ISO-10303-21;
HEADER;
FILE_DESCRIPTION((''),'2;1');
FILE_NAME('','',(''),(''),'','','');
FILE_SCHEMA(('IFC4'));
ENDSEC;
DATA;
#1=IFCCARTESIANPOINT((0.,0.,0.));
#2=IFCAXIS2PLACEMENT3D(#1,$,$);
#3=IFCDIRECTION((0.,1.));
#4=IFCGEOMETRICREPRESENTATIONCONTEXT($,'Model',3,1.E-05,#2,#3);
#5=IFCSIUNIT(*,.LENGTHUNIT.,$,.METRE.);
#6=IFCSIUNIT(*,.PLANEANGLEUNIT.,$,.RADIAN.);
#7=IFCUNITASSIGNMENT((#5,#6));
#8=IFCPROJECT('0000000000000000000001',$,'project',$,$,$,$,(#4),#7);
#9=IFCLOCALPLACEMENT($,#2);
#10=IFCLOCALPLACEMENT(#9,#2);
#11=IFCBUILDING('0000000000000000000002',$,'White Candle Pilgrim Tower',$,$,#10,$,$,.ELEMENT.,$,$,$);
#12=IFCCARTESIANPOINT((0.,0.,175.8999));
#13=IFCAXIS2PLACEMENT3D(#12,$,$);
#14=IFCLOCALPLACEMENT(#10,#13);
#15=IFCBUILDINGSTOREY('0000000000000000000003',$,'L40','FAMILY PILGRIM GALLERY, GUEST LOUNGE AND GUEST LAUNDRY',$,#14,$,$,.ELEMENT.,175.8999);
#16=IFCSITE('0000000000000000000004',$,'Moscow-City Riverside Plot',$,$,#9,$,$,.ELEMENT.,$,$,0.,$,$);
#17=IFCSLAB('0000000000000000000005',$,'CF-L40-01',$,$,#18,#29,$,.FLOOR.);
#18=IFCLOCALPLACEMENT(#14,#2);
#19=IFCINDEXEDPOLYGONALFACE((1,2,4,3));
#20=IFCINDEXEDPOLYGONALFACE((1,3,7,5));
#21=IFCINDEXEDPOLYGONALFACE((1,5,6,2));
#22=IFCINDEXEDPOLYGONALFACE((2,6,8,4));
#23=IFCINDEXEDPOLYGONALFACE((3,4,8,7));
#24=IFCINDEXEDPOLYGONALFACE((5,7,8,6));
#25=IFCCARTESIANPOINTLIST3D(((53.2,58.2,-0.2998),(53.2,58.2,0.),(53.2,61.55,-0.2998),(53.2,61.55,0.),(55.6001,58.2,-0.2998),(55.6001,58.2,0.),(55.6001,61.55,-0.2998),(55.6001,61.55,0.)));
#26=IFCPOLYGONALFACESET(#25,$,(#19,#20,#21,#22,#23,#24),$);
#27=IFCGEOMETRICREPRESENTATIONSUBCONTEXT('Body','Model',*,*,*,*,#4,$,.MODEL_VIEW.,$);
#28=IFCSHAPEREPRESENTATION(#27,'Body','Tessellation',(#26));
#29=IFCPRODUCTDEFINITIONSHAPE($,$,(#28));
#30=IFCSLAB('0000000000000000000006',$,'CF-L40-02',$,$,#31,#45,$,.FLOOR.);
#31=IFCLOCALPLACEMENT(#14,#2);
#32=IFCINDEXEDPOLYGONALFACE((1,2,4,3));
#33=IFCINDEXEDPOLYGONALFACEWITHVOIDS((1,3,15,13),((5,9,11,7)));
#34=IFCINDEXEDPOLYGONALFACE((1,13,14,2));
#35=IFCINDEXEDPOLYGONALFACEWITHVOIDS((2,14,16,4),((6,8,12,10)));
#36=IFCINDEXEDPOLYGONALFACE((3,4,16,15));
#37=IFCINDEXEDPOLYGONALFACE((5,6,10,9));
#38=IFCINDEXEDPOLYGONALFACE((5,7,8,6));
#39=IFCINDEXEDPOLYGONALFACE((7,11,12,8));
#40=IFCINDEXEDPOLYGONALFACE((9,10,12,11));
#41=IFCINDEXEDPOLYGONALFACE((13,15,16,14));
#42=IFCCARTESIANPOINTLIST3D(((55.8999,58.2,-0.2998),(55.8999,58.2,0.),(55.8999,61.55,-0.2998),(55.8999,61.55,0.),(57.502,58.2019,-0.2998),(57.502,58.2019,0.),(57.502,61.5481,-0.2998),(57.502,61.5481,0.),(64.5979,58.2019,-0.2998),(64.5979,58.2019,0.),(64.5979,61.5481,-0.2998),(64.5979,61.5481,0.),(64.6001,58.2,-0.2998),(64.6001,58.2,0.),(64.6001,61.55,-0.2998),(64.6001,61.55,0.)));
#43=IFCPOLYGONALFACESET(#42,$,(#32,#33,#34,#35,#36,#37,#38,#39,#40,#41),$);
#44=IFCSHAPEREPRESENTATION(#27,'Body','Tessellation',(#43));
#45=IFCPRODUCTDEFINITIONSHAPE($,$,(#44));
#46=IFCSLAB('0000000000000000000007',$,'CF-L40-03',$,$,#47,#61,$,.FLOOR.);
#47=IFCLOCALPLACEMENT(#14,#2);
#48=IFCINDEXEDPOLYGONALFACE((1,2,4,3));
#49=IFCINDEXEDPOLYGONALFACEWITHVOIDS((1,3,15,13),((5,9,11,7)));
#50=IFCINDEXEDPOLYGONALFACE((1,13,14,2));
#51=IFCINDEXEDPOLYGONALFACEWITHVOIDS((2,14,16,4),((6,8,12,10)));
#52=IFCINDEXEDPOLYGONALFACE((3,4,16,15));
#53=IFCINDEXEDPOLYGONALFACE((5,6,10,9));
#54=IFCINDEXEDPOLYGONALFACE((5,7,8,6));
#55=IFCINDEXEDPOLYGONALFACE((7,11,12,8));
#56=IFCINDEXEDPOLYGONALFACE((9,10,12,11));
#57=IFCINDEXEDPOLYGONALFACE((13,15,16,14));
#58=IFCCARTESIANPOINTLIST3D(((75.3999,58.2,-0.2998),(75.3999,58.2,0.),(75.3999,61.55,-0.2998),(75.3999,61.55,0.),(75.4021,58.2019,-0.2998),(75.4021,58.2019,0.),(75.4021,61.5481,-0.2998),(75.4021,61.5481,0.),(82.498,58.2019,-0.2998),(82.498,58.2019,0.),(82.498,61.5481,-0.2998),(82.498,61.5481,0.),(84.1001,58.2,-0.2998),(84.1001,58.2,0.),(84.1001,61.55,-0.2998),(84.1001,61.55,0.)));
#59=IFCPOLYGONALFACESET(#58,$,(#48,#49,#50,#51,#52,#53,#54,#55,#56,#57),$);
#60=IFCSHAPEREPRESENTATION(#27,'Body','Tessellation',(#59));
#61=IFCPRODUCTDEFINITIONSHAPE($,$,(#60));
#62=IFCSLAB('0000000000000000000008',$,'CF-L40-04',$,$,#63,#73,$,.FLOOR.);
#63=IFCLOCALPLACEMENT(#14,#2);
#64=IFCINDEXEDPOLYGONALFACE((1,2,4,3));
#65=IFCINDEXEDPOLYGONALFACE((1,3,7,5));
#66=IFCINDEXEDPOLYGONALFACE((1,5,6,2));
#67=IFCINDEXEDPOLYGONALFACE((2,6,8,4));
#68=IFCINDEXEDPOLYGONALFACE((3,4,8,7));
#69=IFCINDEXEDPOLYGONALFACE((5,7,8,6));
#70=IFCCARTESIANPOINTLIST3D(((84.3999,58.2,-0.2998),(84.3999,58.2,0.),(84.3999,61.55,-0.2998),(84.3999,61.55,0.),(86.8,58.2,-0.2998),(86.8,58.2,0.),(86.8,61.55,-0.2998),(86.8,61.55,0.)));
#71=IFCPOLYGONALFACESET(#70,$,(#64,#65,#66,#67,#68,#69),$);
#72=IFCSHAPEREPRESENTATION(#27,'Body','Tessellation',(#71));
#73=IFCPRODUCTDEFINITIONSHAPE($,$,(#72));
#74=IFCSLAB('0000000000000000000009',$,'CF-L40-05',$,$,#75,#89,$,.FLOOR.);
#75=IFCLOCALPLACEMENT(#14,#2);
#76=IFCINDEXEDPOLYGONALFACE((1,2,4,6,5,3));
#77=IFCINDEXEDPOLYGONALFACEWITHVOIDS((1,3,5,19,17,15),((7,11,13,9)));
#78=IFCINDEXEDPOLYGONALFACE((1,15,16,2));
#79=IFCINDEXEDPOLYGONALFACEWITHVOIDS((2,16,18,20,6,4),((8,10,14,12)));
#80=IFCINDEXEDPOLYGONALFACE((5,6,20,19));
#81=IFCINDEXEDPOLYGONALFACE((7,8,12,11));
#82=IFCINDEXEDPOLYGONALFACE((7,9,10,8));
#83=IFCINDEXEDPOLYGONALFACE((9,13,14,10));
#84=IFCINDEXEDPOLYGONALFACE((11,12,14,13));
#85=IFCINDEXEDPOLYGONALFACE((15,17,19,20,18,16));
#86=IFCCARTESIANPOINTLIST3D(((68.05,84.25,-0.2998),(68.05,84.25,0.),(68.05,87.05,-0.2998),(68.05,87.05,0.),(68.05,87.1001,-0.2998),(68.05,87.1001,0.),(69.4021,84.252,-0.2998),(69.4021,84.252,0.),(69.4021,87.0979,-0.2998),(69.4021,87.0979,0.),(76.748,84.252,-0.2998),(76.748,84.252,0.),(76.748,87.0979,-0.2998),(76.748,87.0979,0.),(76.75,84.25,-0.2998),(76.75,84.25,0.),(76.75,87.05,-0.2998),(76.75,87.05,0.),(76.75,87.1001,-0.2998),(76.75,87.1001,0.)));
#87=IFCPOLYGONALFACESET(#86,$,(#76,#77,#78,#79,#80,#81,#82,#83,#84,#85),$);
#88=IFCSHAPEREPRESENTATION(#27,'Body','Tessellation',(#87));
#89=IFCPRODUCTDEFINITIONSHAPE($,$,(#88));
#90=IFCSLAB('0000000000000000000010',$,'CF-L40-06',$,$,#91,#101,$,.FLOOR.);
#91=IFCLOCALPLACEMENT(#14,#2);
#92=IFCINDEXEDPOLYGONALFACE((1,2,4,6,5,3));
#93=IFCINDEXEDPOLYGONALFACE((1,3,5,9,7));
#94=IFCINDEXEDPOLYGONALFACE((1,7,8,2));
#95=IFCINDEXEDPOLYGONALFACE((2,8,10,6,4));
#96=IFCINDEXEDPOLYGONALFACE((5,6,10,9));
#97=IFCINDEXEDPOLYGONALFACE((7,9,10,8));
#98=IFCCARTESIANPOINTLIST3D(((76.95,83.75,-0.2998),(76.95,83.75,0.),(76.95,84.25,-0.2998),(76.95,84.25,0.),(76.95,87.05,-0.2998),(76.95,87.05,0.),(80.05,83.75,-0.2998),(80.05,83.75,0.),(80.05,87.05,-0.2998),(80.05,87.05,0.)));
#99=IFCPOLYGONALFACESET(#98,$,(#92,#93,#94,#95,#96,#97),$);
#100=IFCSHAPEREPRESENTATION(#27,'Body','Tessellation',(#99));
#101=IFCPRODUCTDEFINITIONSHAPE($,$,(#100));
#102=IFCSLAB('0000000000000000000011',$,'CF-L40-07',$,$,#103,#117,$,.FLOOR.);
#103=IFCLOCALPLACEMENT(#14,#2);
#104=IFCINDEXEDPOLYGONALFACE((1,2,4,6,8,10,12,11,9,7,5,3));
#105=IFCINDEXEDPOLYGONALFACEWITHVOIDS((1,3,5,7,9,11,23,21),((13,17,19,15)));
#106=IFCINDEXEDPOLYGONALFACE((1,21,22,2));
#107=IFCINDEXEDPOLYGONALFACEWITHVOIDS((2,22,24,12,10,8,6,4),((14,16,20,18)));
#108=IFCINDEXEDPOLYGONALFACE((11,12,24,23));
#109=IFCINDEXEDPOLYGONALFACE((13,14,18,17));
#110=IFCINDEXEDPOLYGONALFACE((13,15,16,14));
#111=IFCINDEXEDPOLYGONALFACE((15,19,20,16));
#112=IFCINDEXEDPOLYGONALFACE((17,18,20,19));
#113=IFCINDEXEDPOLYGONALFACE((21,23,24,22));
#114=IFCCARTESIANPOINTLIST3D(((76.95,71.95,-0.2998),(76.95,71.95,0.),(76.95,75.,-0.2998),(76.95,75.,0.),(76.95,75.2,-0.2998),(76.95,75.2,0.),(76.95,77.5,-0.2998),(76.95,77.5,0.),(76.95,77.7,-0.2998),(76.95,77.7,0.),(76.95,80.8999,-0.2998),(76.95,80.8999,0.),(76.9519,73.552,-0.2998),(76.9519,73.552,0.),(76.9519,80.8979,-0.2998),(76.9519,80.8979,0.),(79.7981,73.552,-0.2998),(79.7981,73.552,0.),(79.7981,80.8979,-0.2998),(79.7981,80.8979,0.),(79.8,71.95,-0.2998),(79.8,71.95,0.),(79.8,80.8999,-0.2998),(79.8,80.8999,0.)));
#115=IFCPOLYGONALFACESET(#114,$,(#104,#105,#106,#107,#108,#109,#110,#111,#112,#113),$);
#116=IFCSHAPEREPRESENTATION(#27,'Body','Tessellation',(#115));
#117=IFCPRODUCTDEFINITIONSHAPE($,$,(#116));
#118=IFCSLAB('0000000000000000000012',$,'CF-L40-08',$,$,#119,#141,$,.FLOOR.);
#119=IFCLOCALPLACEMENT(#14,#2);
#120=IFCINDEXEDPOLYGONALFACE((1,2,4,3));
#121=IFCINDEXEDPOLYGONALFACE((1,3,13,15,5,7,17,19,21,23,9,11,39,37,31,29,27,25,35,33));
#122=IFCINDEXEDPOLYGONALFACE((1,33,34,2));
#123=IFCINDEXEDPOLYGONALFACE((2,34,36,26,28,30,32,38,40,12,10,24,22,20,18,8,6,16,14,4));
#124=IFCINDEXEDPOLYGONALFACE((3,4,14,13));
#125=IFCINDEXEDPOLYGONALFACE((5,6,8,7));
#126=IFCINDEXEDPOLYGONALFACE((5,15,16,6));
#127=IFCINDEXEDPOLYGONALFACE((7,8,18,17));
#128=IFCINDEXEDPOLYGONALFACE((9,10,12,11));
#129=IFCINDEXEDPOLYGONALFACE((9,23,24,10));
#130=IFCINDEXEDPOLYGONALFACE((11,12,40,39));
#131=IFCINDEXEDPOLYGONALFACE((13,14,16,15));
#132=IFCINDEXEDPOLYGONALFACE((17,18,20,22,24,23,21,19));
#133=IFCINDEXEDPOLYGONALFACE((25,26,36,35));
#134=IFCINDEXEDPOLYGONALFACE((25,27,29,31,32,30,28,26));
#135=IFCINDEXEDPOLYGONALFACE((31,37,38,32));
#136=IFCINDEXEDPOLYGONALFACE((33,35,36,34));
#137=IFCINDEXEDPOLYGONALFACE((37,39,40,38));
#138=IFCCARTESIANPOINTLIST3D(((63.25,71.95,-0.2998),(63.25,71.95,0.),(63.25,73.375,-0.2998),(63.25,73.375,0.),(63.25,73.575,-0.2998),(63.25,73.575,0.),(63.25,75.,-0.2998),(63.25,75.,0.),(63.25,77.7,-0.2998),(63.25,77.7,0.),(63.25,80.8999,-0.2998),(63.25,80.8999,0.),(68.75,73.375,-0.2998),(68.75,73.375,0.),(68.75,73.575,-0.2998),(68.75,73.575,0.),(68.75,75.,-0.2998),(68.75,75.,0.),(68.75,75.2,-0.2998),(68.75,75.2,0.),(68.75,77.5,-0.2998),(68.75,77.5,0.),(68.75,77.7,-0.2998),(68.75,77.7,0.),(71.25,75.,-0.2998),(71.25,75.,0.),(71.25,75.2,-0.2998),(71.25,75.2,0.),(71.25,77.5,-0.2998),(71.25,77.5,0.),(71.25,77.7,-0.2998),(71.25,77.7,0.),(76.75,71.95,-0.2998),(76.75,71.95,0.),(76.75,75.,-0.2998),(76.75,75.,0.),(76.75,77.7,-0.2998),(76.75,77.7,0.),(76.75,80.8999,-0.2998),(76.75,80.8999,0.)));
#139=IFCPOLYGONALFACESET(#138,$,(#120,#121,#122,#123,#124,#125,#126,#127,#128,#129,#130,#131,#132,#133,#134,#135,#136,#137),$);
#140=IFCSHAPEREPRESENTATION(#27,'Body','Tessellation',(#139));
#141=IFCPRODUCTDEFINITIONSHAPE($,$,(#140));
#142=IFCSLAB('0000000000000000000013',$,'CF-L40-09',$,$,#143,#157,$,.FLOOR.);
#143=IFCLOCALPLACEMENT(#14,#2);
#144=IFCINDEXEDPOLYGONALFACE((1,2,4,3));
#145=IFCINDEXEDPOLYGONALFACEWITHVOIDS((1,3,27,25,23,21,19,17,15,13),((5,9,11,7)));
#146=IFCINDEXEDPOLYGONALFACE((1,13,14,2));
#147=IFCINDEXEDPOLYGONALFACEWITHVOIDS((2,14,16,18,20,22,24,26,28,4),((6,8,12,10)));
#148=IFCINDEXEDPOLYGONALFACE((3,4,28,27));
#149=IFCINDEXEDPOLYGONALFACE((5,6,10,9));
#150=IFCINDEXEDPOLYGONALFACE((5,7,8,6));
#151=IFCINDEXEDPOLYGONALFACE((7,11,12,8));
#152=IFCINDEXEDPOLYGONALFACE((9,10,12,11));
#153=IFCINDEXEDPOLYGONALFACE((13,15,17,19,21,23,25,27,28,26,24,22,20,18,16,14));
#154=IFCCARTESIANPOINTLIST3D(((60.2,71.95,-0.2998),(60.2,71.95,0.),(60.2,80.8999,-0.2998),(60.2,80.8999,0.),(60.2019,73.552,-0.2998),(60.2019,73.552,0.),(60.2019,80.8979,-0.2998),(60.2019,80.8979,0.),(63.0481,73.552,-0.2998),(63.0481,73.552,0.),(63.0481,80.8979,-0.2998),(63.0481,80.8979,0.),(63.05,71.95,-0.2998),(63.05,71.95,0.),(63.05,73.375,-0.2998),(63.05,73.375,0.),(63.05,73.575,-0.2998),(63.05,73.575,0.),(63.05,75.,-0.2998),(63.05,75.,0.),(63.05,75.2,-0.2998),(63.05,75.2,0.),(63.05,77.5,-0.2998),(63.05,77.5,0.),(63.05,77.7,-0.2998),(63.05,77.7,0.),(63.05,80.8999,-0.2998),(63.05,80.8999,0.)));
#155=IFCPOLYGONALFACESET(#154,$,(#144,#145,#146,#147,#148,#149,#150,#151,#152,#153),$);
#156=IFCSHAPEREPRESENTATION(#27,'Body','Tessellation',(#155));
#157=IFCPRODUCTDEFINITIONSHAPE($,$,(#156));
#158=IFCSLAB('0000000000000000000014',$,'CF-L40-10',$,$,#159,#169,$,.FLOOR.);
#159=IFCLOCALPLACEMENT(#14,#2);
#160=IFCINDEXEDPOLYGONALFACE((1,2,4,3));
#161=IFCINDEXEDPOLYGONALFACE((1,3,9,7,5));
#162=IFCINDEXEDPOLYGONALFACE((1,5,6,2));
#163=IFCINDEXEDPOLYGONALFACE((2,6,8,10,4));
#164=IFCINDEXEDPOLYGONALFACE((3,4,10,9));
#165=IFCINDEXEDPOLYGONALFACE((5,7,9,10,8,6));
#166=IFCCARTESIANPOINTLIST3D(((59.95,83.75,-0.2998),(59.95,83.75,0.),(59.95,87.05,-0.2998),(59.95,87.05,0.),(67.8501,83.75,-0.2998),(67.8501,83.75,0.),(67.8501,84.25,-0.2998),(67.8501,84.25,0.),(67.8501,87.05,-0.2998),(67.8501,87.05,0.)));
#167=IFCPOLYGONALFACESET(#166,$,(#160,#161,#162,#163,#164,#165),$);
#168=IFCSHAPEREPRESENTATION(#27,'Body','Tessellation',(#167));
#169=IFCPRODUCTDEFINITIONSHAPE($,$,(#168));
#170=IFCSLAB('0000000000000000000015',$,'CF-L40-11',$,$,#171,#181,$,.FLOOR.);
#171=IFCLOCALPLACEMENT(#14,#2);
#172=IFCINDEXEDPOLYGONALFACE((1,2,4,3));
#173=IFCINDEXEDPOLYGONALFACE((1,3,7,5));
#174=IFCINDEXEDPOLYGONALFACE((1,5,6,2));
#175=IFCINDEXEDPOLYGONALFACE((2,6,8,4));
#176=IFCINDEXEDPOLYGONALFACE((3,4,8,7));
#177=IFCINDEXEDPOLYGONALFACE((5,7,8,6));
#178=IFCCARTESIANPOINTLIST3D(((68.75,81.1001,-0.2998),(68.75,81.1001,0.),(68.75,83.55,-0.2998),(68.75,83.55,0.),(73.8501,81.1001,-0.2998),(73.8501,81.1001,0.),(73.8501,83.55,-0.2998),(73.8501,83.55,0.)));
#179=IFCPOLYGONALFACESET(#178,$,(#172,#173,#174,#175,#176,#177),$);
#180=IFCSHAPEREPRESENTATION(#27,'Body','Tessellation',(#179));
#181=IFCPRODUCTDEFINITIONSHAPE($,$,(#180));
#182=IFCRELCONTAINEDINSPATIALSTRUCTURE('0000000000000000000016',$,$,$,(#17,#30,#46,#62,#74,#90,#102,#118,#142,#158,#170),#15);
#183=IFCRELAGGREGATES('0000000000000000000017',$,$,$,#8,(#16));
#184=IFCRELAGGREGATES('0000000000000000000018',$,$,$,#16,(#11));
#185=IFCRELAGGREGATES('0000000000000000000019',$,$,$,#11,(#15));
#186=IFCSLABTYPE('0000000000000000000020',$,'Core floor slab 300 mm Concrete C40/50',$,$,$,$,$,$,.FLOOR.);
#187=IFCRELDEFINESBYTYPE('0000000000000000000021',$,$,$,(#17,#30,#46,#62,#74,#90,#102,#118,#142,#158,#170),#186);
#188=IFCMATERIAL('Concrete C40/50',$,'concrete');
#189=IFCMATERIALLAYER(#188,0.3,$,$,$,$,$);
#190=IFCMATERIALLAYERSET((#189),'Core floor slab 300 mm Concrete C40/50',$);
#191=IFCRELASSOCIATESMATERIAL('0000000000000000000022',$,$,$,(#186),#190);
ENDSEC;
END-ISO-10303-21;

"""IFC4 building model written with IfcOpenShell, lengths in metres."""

from ifc_helpers import new_model, si_unit, direction, frame, origin, place, context, subcontext, project, spatial, polyline, outline, extrude, material, layer, layer_set, type_object, element, save


model = new_model("IFC4")

# Units and contexts
model_context = context("Model", 3, precision=1e-05, world=origin(), true_north=direction((0.0, 1.0)))
body_context = subcontext(model_context, "Body", "Model", "MODEL_VIEW")
ifc_project = project(units=[si_unit("LENGTHUNIT", "METRE"), si_unit("PLANEANGLEUNIT", "RADIAN")], contexts=[model_context])

# Site, building, storey
site_placement = place(None, origin())
site = spatial("IfcSite", under=ifc_project, at=site_placement, Name="Moscow-City Riverside Plot", CompositionType="ELEMENT", RefElevation=0.0)
building_placement = place(site_placement, origin())
building = spatial("IfcBuilding", under=site, at=building_placement, Name="White Candle Pilgrim Tower", CompositionType="ELEMENT")
storey_placement = place(building_placement, frame((0.0, 0.0, 175.8999)))
storey = spatial("IfcBuildingStorey", under=building, at=storey_placement, Name="L40", Description="FAMILY PILGRIM GALLERY, GUEST LOUNGE AND GUEST LAUNDRY", CompositionType="ELEMENT", Elevation=175.8999)

# Slabs
ifc_material = material(Name="Concrete C40/50", Category="concrete")
ifc_layer_1 = layer(ifc_material, 0.3)
ifc_layer_set_1 = layer_set([ifc_layer_1], Name="Core floor slab 300 mm Concrete C40/50")
slab_type_1 = type_object("IfcSlabType", Name="Core floor slab 300 mm Concrete C40/50", PredefinedType="FLOOR", material=ifc_layer_set_1)
slab_1_placement = place(storey_placement, frame((0.0, 0.0, -0.2998)))
element("IfcSlab", 1, at=slab_1_placement, inside=storey, type_object=slab_type_1, Name="CF-L40-01", PredefinedType="FLOOR", context=body_context, shape_type="SweptSolid", body=[
    extrude(outline(polyline([(55.6001, 58.2), (53.2, 58.2), (53.2, 61.55), (55.6001, 61.55), (55.6001, 58.2)])), origin(), (0.0, 0.0, 1.0), 0.2998),
])
slab_2_placement = place(storey_placement, frame((0.0, 0.0, -0.2998)))
element("IfcSlab", 2, at=slab_2_placement, inside=storey, type_object=slab_type_1, Name="CF-L40-02", PredefinedType="FLOOR", context=body_context, shape_type="SweptSolid", body=[
    extrude(outline(polyline([(55.8999, 58.2), (55.8999, 61.55), (64.6001, 61.55), (64.6001, 58.2), (55.8999, 58.2)]), holes=[polyline([(57.502, 61.5481), (57.502, 58.2019), (64.5979, 58.2019), (64.5979, 61.5481), (57.502, 61.5481)])]), origin(), (0.0, 0.0, 1.0), 0.2998),
])
slab_3_placement = place(storey_placement, frame((0.0, 0.0, -0.2998)))
element("IfcSlab", 3, at=slab_3_placement, inside=storey, type_object=slab_type_1, Name="CF-L40-03", PredefinedType="FLOOR", context=body_context, shape_type="SweptSolid", body=[
    extrude(outline(polyline([(75.3999, 58.2), (75.3999, 61.55), (84.1001, 61.55), (84.1001, 58.2), (75.3999, 58.2)]), holes=[polyline([(82.498, 58.2019), (82.498, 61.5481), (75.4021, 61.5481), (75.4021, 58.2019), (82.498, 58.2019)])]), origin(), (0.0, 0.0, 1.0), 0.2998),
])
slab_4_placement = place(storey_placement, frame((0.0, 0.0, -0.2998)))
element("IfcSlab", 4, at=slab_4_placement, inside=storey, type_object=slab_type_1, Name="CF-L40-04", PredefinedType="FLOOR", context=body_context, shape_type="SweptSolid", body=[
    extrude(outline(polyline([(86.8, 58.2), (84.3999, 58.2), (84.3999, 61.55), (86.8, 61.55), (86.8, 58.2)])), origin(), (0.0, 0.0, 1.0), 0.2998),
])
slab_5_placement = place(storey_placement, frame((0.0, 0.0, -0.2998)))
element("IfcSlab", 5, at=slab_5_placement, inside=storey, type_object=slab_type_1, Name="CF-L40-05", PredefinedType="FLOOR", context=body_context, shape_type="SweptSolid", body=[
    extrude(outline(polyline([(76.75, 87.1001), (76.75, 87.05), (76.75, 84.25), (68.05, 84.25), (68.05, 87.05), (68.05, 87.1001), (76.75, 87.1001)]), holes=[polyline([(69.4021, 87.0979), (69.4021, 84.252), (76.748, 84.252), (76.748, 87.0979), (69.4021, 87.0979)])]), origin(), (0.0, 0.0, 1.0), 0.2998),
])
slab_6_placement = place(storey_placement, frame((0.0, 0.0, -0.2998)))
element("IfcSlab", 6, at=slab_6_placement, inside=storey, type_object=slab_type_1, Name="CF-L40-06", PredefinedType="FLOOR", context=body_context, shape_type="SweptSolid", body=[
    extrude(outline(polyline([(80.05, 87.05), (80.05, 83.75), (76.95, 83.75), (76.95, 84.25), (76.95, 87.05), (80.05, 87.05)])), origin(), (0.0, 0.0, 1.0), 0.2998),
])
slab_7_placement = place(storey_placement, frame((0.0, 0.0, -0.2998)))
element("IfcSlab", 7, at=slab_7_placement, inside=storey, type_object=slab_type_1, Name="CF-L40-07", PredefinedType="FLOOR", context=body_context, shape_type="SweptSolid", body=[
    extrude(outline(polyline([(76.95, 71.95), (76.95, 75.0), (76.95, 75.2), (76.95, 77.5), (76.95, 77.7), (76.95, 80.8999), (79.8, 80.8999), (79.8, 71.95), (76.95, 71.95)]), holes=[polyline([(76.9519, 73.552), (79.7981, 73.552), (79.7981, 80.8979), (76.9519, 80.8979), (76.9519, 73.552)])]), origin(), (0.0, 0.0, 1.0), 0.2998),
])
slab_8_placement = place(storey_placement, frame((0.0, 0.0, -0.2998)))
element("IfcSlab", 8, at=slab_8_placement, inside=storey, type_object=slab_type_1, Name="CF-L40-08", PredefinedType="FLOOR", context=body_context, shape_type="SweptSolid", body=[
    extrude(outline(polyline([(63.25, 71.95), (63.25, 73.375), (68.75, 73.375), (68.75, 73.575), (63.25, 73.575), (63.25, 75.0), (68.75, 75.0), (68.75, 75.2), (68.75, 77.5), (68.75, 77.7), (63.25, 77.7), (63.25, 80.8999), (76.75, 80.8999), (76.75, 77.7), (71.25, 77.7), (71.25, 77.5), (71.25, 75.2), (71.25, 75.0), (76.75, 75.0), (76.75, 71.95), (63.25, 71.95)])), origin(), (0.0, 0.0, 1.0), 0.2998),
])
slab_9_placement = place(storey_placement, frame((0.0, 0.0, -0.2998)))
element("IfcSlab", 9, at=slab_9_placement, inside=storey, type_object=slab_type_1, Name="CF-L40-09", PredefinedType="FLOOR", context=body_context, shape_type="SweptSolid", body=[
    extrude(outline(polyline([(60.2, 71.95), (60.2, 80.8999), (63.05, 80.8999), (63.05, 77.7), (63.05, 77.5), (63.05, 75.2), (63.05, 75.0), (63.05, 73.575), (63.05, 73.375), (63.05, 71.95), (60.2, 71.95)]), holes=[polyline([(60.2019, 73.552), (63.0481, 73.552), (63.0481, 80.8979), (60.2019, 80.8979), (60.2019, 73.552)])]), origin(), (0.0, 0.0, 1.0), 0.2998),
])
slab_10_placement = place(storey_placement, frame((0.0, 0.0, -0.2998)))
element("IfcSlab", 10, at=slab_10_placement, inside=storey, type_object=slab_type_1, Name="CF-L40-10", PredefinedType="FLOOR", context=body_context, shape_type="SweptSolid", body=[
    extrude(outline(polyline([(59.95, 87.05), (67.8501, 87.05), (67.8501, 84.25), (67.8501, 83.75), (59.95, 83.75), (59.95, 87.05)])), origin(), (0.0, 0.0, 1.0), 0.2998),
])
slab_11_placement = place(storey_placement, frame((0.0, 0.0, -0.2998)))
element("IfcSlab", 11, at=slab_11_placement, inside=storey, type_object=slab_type_1, Name="CF-L40-11", PredefinedType="FLOOR", context=body_context, shape_type="SweptSolid", body=[
    extrude(outline(polyline([(73.8501, 83.55), (73.8501, 81.1001), (68.75, 81.1001), (68.75, 83.55), (73.8501, 83.55)])), origin(), (0.0, 0.0, 1.0), 0.2998),
])

save(model, "model.ifc")
